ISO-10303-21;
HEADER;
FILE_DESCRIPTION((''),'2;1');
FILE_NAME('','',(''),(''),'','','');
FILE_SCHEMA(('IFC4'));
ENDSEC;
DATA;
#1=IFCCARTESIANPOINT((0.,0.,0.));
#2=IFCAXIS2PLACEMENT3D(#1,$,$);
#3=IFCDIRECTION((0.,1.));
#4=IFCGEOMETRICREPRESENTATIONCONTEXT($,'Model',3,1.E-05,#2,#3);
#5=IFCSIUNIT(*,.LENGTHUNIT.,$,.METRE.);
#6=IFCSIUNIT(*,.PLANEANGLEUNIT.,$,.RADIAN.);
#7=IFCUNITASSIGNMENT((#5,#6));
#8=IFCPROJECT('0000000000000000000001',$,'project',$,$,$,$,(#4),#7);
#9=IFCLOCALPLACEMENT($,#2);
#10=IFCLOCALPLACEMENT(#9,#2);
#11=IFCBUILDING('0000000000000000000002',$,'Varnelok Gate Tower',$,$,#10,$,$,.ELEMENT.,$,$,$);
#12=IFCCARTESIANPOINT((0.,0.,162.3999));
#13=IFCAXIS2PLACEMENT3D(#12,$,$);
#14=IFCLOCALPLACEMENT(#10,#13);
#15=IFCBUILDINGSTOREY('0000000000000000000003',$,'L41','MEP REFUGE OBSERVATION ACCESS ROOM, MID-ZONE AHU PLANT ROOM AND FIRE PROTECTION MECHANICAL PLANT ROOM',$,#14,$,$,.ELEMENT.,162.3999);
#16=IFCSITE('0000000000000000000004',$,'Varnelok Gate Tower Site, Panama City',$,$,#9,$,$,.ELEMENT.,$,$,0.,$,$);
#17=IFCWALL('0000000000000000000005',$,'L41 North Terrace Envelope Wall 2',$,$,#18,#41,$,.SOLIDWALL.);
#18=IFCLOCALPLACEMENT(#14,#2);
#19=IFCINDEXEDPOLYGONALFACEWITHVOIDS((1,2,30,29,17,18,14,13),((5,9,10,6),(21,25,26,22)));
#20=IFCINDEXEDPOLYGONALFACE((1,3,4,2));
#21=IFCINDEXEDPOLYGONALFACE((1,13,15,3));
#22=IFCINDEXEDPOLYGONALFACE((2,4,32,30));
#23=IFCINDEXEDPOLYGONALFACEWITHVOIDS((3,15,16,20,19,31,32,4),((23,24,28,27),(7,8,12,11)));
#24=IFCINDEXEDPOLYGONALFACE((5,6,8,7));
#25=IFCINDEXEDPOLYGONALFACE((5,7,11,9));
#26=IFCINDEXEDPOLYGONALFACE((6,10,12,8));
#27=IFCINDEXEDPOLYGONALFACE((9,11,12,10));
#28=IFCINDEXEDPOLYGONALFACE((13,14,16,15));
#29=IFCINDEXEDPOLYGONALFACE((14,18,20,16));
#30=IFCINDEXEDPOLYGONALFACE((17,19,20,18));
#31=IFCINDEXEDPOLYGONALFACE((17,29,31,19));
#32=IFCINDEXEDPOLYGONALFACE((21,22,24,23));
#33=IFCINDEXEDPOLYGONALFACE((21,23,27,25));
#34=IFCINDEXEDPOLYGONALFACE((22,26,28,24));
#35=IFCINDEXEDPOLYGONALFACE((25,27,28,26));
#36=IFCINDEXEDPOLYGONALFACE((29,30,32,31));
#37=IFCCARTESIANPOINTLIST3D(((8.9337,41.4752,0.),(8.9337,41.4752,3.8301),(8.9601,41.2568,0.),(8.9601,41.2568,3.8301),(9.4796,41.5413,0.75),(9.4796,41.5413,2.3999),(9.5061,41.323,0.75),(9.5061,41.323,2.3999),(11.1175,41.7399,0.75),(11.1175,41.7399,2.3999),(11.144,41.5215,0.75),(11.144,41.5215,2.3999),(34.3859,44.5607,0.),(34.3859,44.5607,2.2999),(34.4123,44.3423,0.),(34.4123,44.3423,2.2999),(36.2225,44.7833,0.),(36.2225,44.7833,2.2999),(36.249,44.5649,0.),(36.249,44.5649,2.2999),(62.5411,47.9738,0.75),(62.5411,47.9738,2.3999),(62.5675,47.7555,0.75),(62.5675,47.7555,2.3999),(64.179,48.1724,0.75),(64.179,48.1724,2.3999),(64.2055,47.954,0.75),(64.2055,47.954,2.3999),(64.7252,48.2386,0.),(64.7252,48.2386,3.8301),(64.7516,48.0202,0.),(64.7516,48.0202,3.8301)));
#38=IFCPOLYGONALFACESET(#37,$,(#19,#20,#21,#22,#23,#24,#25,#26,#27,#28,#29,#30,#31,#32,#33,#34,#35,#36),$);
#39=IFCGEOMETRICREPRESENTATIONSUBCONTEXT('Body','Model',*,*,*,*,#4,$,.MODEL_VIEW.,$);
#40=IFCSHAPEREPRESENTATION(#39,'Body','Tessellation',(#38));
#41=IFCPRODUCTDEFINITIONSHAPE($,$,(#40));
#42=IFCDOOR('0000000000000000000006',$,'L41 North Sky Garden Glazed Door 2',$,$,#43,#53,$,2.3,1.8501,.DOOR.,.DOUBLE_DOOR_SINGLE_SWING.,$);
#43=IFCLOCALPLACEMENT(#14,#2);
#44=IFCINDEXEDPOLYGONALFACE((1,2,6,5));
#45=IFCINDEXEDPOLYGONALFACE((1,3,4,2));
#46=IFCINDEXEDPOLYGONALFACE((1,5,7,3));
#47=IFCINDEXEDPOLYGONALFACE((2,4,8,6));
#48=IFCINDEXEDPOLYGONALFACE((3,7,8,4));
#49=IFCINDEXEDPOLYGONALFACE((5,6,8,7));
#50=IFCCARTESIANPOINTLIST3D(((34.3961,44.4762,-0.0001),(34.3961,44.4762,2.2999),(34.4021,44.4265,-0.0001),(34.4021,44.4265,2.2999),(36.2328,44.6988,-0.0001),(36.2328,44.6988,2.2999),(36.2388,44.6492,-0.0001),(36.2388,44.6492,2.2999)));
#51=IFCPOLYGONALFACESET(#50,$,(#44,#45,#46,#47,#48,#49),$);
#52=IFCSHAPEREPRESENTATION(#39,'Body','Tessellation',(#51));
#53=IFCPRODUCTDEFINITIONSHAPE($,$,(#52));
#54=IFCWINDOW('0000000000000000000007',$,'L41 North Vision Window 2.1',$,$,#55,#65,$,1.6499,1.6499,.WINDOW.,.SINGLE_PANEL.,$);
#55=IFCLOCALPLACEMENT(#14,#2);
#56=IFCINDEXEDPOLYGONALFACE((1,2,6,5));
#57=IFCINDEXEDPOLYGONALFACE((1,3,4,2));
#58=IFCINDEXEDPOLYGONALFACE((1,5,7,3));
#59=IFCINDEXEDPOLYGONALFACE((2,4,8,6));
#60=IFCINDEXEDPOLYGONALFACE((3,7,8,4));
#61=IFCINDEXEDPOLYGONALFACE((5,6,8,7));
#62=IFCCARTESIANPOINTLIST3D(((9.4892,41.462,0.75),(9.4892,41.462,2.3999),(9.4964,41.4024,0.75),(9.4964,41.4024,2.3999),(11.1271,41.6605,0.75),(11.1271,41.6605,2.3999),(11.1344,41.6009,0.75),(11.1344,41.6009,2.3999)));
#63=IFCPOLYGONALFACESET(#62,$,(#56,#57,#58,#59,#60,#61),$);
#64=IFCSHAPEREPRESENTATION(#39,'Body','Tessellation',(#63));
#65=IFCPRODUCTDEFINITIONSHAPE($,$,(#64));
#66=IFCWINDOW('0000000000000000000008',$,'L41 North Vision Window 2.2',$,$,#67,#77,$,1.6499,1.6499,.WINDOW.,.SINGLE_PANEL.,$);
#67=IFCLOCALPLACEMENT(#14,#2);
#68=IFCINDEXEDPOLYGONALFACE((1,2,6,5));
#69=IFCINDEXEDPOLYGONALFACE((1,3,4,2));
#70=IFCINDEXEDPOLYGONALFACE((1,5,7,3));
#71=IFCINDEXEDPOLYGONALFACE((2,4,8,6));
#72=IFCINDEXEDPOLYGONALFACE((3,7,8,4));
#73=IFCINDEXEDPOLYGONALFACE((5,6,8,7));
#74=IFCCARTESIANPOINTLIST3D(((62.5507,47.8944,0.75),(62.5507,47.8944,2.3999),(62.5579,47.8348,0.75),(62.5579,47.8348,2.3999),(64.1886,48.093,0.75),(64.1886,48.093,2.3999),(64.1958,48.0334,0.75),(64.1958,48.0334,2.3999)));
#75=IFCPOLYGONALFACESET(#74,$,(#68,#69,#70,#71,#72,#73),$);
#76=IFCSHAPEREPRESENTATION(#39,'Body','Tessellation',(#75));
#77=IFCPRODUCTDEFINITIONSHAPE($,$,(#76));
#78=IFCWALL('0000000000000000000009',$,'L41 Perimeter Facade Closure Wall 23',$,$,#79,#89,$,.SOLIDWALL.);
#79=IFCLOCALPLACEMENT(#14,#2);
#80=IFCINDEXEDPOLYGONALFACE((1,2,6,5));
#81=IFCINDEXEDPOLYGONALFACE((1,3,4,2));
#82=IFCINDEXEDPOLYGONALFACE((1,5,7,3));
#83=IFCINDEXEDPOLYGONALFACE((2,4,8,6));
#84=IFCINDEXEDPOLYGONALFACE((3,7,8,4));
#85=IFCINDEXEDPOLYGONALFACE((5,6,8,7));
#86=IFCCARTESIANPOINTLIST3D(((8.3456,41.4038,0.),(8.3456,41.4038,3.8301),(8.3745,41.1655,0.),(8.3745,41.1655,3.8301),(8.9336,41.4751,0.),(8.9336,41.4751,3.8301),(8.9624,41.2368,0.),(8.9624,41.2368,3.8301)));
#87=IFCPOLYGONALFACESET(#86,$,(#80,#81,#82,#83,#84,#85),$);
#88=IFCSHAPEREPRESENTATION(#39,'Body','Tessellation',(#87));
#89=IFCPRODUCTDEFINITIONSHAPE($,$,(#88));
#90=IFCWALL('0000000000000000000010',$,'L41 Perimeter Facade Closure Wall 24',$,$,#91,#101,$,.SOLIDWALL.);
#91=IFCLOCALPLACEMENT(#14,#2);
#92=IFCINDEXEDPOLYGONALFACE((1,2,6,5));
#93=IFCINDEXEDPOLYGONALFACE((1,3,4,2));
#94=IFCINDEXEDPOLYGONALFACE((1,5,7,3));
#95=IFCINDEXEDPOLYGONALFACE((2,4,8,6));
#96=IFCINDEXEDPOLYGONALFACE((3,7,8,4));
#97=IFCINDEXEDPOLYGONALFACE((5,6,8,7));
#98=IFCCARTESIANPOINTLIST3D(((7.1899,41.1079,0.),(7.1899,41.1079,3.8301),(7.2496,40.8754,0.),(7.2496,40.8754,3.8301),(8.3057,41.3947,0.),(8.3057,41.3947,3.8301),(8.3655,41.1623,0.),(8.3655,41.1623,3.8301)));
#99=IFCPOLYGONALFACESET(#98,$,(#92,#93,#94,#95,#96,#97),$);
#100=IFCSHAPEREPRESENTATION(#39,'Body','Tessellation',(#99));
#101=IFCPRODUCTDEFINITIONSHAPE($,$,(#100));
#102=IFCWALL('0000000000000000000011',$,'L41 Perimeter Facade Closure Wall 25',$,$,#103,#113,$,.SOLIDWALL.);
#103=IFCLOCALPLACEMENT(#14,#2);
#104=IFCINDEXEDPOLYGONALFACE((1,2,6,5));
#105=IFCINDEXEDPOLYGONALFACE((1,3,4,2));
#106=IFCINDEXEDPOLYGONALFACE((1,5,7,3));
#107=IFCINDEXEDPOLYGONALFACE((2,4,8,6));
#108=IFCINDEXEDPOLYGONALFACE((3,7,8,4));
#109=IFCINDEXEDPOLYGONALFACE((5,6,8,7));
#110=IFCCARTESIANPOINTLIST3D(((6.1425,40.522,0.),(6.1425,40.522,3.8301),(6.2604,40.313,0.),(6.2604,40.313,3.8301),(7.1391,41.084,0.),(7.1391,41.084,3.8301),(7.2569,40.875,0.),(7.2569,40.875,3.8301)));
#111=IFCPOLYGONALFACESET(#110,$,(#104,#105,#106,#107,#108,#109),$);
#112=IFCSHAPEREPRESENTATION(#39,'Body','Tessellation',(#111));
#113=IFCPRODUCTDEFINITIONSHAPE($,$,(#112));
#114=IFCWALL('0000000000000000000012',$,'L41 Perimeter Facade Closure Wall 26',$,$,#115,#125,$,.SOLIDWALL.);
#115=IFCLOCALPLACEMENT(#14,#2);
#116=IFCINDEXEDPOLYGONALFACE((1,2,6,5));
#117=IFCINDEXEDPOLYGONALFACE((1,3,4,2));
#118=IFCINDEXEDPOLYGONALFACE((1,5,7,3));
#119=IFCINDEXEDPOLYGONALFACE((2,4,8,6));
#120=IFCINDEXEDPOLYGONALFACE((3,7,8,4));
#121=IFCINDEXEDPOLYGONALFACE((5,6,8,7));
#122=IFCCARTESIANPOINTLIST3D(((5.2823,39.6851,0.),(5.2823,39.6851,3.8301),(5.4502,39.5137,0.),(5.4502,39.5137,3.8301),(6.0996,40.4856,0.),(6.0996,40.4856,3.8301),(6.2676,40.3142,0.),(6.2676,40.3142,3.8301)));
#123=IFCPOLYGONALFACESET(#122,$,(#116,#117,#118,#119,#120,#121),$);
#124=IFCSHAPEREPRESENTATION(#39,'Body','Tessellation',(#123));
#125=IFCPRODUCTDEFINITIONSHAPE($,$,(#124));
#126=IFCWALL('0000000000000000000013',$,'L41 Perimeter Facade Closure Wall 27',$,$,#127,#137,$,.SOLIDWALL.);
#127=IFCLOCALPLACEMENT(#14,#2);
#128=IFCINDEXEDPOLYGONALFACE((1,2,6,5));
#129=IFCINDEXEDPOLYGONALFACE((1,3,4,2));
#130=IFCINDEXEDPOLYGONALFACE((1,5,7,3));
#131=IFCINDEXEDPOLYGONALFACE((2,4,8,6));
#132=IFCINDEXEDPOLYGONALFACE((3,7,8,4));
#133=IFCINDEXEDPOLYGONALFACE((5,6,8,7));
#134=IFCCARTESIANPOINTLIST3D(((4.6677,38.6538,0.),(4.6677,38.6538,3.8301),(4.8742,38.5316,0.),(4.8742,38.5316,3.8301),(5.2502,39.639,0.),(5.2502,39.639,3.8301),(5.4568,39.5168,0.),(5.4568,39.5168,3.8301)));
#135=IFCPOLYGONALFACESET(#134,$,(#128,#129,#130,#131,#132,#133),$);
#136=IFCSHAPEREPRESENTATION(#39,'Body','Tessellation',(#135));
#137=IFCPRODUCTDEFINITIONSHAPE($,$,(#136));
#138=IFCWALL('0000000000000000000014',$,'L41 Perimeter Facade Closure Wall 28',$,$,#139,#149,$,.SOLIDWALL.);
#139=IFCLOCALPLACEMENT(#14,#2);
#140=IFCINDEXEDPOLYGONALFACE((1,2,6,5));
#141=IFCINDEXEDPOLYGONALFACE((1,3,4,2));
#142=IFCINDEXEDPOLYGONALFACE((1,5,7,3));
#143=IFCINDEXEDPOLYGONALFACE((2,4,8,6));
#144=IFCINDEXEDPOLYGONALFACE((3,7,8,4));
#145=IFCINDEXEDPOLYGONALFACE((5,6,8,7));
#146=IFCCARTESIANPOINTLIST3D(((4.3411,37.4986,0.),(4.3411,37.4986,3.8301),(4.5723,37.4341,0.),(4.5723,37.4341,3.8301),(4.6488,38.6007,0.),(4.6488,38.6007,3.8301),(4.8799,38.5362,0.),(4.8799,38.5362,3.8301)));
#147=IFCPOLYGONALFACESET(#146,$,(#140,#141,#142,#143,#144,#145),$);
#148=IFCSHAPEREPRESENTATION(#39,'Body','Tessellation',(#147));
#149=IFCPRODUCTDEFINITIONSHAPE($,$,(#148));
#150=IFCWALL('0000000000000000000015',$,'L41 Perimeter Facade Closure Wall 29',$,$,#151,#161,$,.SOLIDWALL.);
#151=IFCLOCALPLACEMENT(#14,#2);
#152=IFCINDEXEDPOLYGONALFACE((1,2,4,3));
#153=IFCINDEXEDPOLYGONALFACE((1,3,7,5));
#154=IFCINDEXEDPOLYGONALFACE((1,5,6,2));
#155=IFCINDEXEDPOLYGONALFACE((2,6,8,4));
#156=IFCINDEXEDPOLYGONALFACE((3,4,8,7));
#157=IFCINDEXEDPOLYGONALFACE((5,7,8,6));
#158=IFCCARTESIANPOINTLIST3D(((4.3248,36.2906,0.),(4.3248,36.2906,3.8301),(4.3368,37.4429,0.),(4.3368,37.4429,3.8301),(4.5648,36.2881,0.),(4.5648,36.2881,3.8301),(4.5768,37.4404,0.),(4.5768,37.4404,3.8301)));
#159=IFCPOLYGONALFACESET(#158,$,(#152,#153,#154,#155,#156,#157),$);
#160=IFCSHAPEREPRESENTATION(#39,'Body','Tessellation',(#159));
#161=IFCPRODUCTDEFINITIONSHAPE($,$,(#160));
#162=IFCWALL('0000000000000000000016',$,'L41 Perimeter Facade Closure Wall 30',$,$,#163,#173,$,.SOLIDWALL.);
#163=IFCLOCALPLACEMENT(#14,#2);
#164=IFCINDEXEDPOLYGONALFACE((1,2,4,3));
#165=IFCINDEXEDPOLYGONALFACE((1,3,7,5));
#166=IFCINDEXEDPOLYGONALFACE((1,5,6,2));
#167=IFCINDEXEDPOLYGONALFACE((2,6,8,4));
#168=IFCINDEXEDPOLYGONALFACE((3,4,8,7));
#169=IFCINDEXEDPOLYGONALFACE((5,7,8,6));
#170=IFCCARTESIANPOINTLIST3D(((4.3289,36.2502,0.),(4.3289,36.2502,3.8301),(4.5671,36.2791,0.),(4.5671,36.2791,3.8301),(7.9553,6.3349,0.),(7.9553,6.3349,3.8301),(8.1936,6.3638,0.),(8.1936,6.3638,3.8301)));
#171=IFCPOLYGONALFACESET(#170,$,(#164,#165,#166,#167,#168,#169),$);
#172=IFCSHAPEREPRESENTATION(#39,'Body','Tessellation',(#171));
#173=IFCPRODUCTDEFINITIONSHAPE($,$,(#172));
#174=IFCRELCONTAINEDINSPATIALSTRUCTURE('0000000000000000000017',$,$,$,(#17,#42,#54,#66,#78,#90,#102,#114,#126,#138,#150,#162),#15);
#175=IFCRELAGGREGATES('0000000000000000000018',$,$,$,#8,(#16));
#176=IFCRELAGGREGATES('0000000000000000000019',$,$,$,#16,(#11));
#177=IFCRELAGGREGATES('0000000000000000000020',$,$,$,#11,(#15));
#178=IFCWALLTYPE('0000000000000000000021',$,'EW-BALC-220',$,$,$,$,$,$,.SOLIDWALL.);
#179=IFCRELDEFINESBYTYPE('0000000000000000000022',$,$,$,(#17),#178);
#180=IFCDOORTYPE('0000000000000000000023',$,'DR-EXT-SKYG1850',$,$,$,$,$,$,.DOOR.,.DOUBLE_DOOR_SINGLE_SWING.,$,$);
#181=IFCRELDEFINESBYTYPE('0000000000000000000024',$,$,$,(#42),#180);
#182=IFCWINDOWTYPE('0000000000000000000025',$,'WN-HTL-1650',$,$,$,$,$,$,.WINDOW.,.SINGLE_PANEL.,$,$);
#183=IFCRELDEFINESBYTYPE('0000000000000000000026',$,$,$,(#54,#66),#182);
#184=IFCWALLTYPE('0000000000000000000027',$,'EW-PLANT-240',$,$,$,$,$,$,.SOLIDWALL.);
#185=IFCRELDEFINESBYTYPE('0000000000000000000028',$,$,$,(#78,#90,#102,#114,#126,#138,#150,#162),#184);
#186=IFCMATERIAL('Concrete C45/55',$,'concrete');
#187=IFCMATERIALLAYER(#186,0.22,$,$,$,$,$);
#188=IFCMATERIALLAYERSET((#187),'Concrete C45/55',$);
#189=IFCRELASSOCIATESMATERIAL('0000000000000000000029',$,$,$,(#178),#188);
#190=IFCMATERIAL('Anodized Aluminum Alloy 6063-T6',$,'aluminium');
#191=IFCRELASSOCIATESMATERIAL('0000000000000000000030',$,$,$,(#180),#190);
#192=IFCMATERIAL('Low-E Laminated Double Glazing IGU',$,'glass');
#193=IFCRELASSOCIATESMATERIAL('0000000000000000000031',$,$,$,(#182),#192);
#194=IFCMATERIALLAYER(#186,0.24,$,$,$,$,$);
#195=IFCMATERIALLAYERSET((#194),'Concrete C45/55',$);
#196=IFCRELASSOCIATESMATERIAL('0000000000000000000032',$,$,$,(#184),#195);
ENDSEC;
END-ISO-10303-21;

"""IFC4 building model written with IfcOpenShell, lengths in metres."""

from ifc_helpers import new_model, si_unit, direction, frame, frame_2d, origin, place, context, subcontext, project, spatial, rectangle, extrude, material, layer, layer_set, type_object, element, fill, save


model = new_model("IFC4")

# Units and contexts
model_context = context("Model", 3, precision=1e-05, world=origin(), true_north=direction((0.0, 1.0)))
body_context = subcontext(model_context, "Body", "Model", "MODEL_VIEW")
ifc_project = project(units=[si_unit("LENGTHUNIT", "METRE"), si_unit("PLANEANGLEUNIT", "RADIAN")], contexts=[model_context])

# Site, building, storey
site_placement = place(None, origin())
site = spatial("IfcSite", under=ifc_project, at=site_placement, Name="Varnelok Gate Tower Site, Panama City", CompositionType="ELEMENT", RefElevation=0.0)
building_placement = place(site_placement, origin())
building = spatial("IfcBuilding", under=site, at=building_placement, Name="Varnelok Gate Tower", CompositionType="ELEMENT")
storey_placement = place(building_placement, frame((0.0, 0.0, 162.3999)))
storey = spatial("IfcBuildingStorey", under=building, at=storey_placement, Name="L41", Description="MEP REFUGE OBSERVATION ACCESS ROOM, MID-ZONE AHU PLANT ROOM AND FIRE PROTECTION MECHANICAL PLANT ROOM", CompositionType="ELEMENT", Elevation=162.3999)

# Wall, openings, door, windows
ifc_material_1 = material(Name="Concrete C45/55", Category="concrete")
ifc_layer_1 = layer(ifc_material_1, 0.22)
ifc_layer_set_1 = layer_set([ifc_layer_1], Name="Concrete C45/55")
wall_type_1 = type_object("IfcWallType", Name="EW-BALC-220", PredefinedType="SOLIDWALL", material=ifc_layer_set_1)
wall_1_placement = place(storey_placement, frame((8.9468, 41.366, 0.0), z_axis=(0.0, 0.0, 1.0), x_axis=(0.992732, 0.120346, 0.0)))
wall_1 = element("IfcWall", 1, at=wall_1_placement, inside=storey, type_object=wall_type_1, Name="L41 North Terrace Envelope Wall 2", PredefinedType="SOLIDWALL", context=body_context, shape_type="SweptSolid", body=[
    extrude(rectangle(XDim=56.2, YDim=0.22, at=frame_2d((28.1001, 0.0))), origin(), (0.0, 0.0, 1.0), 3.8301),
])
opening_1_placement = place(wall_1_placement, frame((25.6387, 0.0, 0.0)))
opening_1 = element("IfcOpeningElement", 2, at=opening_1_placement, cuts=wall_1, PredefinedType="OPENING", context=body_context, shape_type="SweptSolid", body=[
    extrude(rectangle(XDim=1.8501, YDim=2.3, at=frame_2d((0.925, 1.1499))), frame((0.0, 0.1199, 0.0), z_axis=(0.0, -1.0, 0.0), x_axis=(1.0, 0.0, 0.0)), (0.0, 0.0, 1.0), 0.24),
])
opening_2_placement = place(wall_1_placement, frame((0.55, 0.0, 0.75)))
opening_2 = element("IfcOpeningElement", 3, at=opening_2_placement, cuts=wall_1, PredefinedType="OPENING", context=body_context, shape_type="SweptSolid", body=[
    extrude(rectangle(XDim=1.6499, YDim=1.6499, at=frame_2d((0.825, 0.825))), frame((0.0, 0.1199, 0.0), z_axis=(0.0, -1.0, 0.0), x_axis=(1.0, 0.0, 0.0)), (0.0, 0.0, 1.0), 0.24),
])
opening_3_placement = place(wall_1_placement, frame((54.0, 0.0, 0.75)))
opening_3 = element("IfcOpeningElement", 4, at=opening_3_placement, cuts=wall_1, PredefinedType="OPENING", context=body_context, shape_type="SweptSolid", body=[
    extrude(rectangle(XDim=1.6499, YDim=1.6499, at=frame_2d((0.825, 0.825))), frame((0.0, 0.1199, 0.0), z_axis=(0.0, -1.0, 0.0), x_axis=(1.0, 0.0, 0.0)), (0.0, 0.0, 1.0), 0.24),
])
ifc_material_2 = material(Name="Anodized Aluminum Alloy 6063-T6", Category="aluminium")
door_type_1 = type_object("IfcDoorType", Name="DR-EXT-SKYG1850", OperationType="DOUBLE_DOOR_SINGLE_SWING", PredefinedType="DOOR", material=ifc_material_2)
door_1_placement = place(opening_1_placement, origin())
door_1 = element("IfcDoor", 5, at=door_1_placement, inside=storey, type_object=door_type_1, Name="L41 North Sky Garden Glazed Door 2", OperationType="DOUBLE_DOOR_SINGLE_SWING", OverallHeight=2.3, OverallWidth=1.8501, PredefinedType="DOOR", context=body_context, shape_type="SweptSolid", body=[
    extrude(rectangle(XDim=1.8501, YDim=2.3, at=frame_2d((0.925, 1.1499))), frame((0.0, 0.0249, 0.0), z_axis=(0.0, -1.0, 0.0), x_axis=(1.0, 0.0, 0.0)), (0.0, 0.0, 1.0), 0.05),
])
fill(opening_1, door_1)
ifc_material_3 = material(Name="Low-E Laminated Double Glazing IGU", Category="glass")
window_type = type_object("IfcWindowType", Name="WN-HTL-1650", PartitioningType="SINGLE_PANEL", PredefinedType="WINDOW", material=ifc_material_3)
window_1_placement = place(opening_2_placement, origin())
window_1 = element("IfcWindow", 6, at=window_1_placement, inside=storey, type_object=window_type, Name="L41 North Vision Window 2.1", OverallHeight=1.6499, OverallWidth=1.6499, PartitioningType="SINGLE_PANEL", PredefinedType="WINDOW", context=body_context, shape_type="SweptSolid", body=[
    extrude(rectangle(XDim=1.6499, YDim=1.6499, at=frame_2d((0.825, 0.825))), frame((0.0, 0.03, 0.0), z_axis=(0.0, -1.0, 0.0), x_axis=(1.0, 0.0, 0.0)), (0.0, 0.0, 1.0), 0.0601),
])
fill(opening_2, window_1)
window_2_placement = place(opening_3_placement, origin())
window_2 = element("IfcWindow", 7, at=window_2_placement, inside=storey, type_object=window_type, Name="L41 North Vision Window 2.2", OverallHeight=1.6499, OverallWidth=1.6499, PartitioningType="SINGLE_PANEL", PredefinedType="WINDOW", context=body_context, shape_type="SweptSolid", body=[
    extrude(rectangle(XDim=1.6499, YDim=1.6499, at=frame_2d((0.825, 0.825))), frame((0.0, 0.03, 0.0), z_axis=(0.0, -1.0, 0.0), x_axis=(1.0, 0.0, 0.0)), (0.0, 0.0, 1.0), 0.0601),
])
fill(opening_3, window_2)

# Walls
ifc_layer_2 = layer(ifc_material_1, 0.24)
ifc_layer_set_2 = layer_set([ifc_layer_2], Name="Concrete C45/55")
wall_type_2 = type_object("IfcWallType", Name="EW-PLANT-240", PredefinedType="SOLIDWALL", material=ifc_layer_set_2)
wall_2_placement = place(storey_placement, frame((8.948, 41.356, 0.0), z_axis=(0.0, 0.0, 1.0), x_axis=(-0.992728, -0.120381, 0.0)))
element("IfcWall", 8, at=wall_2_placement, inside=storey, type_object=wall_type_2, Name="L41 Perimeter Facade Closure Wall 23", PredefinedType="SOLIDWALL", context=body_context, shape_type="SweptSolid", body=[
    extrude(rectangle(XDim=0.5923, YDim=0.24, at=frame_2d((0.2961, 0.0))), origin(), (0.0, 0.0, 1.0), 3.8301),
])
wall_3_placement = place(storey_placement, frame((8.3357, 41.2786, 0.0), z_axis=(0.0, 0.0, 1.0), x_axis=(-0.9685, -0.249013, 0.0)))
element("IfcWall", 9, at=wall_3_placement, inside=storey, type_object=wall_type_2, Name="L41 Perimeter Facade Closure Wall 24", PredefinedType="SOLIDWALL", context=body_context, shape_type="SweptSolid", body=[
    extrude(rectangle(XDim=1.1521, YDim=0.24, at=frame_2d((0.5762, 0.0))), origin(), (0.0, 0.0, 1.0), 3.8301),
])
for number, where, z_axis, x_axis, name in (
    (10, (7.198, 40.9795, 0.0), (0.0, 0.0, 1.0), (-0.871039, -0.491213, 0.0), "L41 Perimeter Facade Closure Wall 25"),
    (11, (6.1836, 40.3999, 0.0), (0.0, 0.0, 1.0), (-0.71443, -0.699706, 0.0), "L41 Perimeter Facade Closure Wall 26"),
):
    element("IfcWall", number, at=place(storey_placement, frame(where, z_axis=z_axis, x_axis=x_axis)), inside=storey, type_object=wall_type_2, Name=name, PredefinedType="SOLIDWALL", context=body_context, shape_type="SweptSolid", body=[
        extrude(rectangle(XDim=1.144, YDim=0.24, at=frame_2d((0.572, 0.0))), origin(), (0.0, 0.0, 1.0), 3.8301),
    ])
wall_4_placement = place(storey_placement, frame((5.3535, 39.5779, 0.0), z_axis=(0.0, 0.0, 1.0), x_axis=(-0.508995, -0.860769, 0.0)))
element("IfcWall", 12, at=wall_4_placement, inside=storey, type_object=wall_type_2, Name="L41 Perimeter Facade Closure Wall 27", PredefinedType="SOLIDWALL", context=body_context, shape_type="SweptSolid", body=[
    extrude(rectangle(XDim=1.1445, YDim=0.24, at=frame_2d((0.5723, 0.0))), origin(), (0.0, 0.0, 1.0), 3.8301),
])
wall_5_placement = place(storey_placement, frame((4.7644, 38.5686, 0.0), z_axis=(0.0, 0.0, 1.0), x_axis=(-0.268854, -0.963181, 0.0)))
element("IfcWall", 13, at=wall_5_placement, inside=storey, type_object=wall_type_2, Name="L41 Perimeter Facade Closure Wall 28", PredefinedType="SOLIDWALL", context=body_context, shape_type="SweptSolid", body=[
    extrude(rectangle(XDim=1.1443, YDim=0.24, at=frame_2d((0.5723, 0.0))), origin(), (0.0, 0.0, 1.0), 3.8301),
])
wall_6_placement = place(storey_placement, frame((4.4568, 37.4417, 0.0), z_axis=(0.0, 0.0, 1.0), x_axis=(-0.010381, -0.999946, 0.0)))
element("IfcWall", 14, at=wall_6_placement, inside=storey, type_object=wall_type_2, Name="L41 Perimeter Facade Closure Wall 29", PredefinedType="SOLIDWALL", context=body_context, shape_type="SweptSolid", body=[
    extrude(rectangle(XDim=1.1523, YDim=0.24, at=frame_2d((0.5762, 0.0))), origin(), (0.0, 0.0, 1.0), 3.8301),
])
wall_7_placement = place(storey_placement, frame((4.448, 36.2646, 0.0), z_axis=(0.0, 0.0, 1.0), x_axis=(0.120343, -0.992732, 0.0)))
element("IfcWall", 15, at=wall_7_placement, inside=storey, type_object=wall_type_2, Name="L41 Perimeter Facade Closure Wall 30", PredefinedType="SOLIDWALL", context=body_context, shape_type="SweptSolid", body=[
    extrude(rectangle(XDim=30.1343, YDim=0.24, at=frame_2d((15.0671, 0.0))), origin(), (0.0, 0.0, 1.0), 3.8301),
])

save(model, "model.ifc")
